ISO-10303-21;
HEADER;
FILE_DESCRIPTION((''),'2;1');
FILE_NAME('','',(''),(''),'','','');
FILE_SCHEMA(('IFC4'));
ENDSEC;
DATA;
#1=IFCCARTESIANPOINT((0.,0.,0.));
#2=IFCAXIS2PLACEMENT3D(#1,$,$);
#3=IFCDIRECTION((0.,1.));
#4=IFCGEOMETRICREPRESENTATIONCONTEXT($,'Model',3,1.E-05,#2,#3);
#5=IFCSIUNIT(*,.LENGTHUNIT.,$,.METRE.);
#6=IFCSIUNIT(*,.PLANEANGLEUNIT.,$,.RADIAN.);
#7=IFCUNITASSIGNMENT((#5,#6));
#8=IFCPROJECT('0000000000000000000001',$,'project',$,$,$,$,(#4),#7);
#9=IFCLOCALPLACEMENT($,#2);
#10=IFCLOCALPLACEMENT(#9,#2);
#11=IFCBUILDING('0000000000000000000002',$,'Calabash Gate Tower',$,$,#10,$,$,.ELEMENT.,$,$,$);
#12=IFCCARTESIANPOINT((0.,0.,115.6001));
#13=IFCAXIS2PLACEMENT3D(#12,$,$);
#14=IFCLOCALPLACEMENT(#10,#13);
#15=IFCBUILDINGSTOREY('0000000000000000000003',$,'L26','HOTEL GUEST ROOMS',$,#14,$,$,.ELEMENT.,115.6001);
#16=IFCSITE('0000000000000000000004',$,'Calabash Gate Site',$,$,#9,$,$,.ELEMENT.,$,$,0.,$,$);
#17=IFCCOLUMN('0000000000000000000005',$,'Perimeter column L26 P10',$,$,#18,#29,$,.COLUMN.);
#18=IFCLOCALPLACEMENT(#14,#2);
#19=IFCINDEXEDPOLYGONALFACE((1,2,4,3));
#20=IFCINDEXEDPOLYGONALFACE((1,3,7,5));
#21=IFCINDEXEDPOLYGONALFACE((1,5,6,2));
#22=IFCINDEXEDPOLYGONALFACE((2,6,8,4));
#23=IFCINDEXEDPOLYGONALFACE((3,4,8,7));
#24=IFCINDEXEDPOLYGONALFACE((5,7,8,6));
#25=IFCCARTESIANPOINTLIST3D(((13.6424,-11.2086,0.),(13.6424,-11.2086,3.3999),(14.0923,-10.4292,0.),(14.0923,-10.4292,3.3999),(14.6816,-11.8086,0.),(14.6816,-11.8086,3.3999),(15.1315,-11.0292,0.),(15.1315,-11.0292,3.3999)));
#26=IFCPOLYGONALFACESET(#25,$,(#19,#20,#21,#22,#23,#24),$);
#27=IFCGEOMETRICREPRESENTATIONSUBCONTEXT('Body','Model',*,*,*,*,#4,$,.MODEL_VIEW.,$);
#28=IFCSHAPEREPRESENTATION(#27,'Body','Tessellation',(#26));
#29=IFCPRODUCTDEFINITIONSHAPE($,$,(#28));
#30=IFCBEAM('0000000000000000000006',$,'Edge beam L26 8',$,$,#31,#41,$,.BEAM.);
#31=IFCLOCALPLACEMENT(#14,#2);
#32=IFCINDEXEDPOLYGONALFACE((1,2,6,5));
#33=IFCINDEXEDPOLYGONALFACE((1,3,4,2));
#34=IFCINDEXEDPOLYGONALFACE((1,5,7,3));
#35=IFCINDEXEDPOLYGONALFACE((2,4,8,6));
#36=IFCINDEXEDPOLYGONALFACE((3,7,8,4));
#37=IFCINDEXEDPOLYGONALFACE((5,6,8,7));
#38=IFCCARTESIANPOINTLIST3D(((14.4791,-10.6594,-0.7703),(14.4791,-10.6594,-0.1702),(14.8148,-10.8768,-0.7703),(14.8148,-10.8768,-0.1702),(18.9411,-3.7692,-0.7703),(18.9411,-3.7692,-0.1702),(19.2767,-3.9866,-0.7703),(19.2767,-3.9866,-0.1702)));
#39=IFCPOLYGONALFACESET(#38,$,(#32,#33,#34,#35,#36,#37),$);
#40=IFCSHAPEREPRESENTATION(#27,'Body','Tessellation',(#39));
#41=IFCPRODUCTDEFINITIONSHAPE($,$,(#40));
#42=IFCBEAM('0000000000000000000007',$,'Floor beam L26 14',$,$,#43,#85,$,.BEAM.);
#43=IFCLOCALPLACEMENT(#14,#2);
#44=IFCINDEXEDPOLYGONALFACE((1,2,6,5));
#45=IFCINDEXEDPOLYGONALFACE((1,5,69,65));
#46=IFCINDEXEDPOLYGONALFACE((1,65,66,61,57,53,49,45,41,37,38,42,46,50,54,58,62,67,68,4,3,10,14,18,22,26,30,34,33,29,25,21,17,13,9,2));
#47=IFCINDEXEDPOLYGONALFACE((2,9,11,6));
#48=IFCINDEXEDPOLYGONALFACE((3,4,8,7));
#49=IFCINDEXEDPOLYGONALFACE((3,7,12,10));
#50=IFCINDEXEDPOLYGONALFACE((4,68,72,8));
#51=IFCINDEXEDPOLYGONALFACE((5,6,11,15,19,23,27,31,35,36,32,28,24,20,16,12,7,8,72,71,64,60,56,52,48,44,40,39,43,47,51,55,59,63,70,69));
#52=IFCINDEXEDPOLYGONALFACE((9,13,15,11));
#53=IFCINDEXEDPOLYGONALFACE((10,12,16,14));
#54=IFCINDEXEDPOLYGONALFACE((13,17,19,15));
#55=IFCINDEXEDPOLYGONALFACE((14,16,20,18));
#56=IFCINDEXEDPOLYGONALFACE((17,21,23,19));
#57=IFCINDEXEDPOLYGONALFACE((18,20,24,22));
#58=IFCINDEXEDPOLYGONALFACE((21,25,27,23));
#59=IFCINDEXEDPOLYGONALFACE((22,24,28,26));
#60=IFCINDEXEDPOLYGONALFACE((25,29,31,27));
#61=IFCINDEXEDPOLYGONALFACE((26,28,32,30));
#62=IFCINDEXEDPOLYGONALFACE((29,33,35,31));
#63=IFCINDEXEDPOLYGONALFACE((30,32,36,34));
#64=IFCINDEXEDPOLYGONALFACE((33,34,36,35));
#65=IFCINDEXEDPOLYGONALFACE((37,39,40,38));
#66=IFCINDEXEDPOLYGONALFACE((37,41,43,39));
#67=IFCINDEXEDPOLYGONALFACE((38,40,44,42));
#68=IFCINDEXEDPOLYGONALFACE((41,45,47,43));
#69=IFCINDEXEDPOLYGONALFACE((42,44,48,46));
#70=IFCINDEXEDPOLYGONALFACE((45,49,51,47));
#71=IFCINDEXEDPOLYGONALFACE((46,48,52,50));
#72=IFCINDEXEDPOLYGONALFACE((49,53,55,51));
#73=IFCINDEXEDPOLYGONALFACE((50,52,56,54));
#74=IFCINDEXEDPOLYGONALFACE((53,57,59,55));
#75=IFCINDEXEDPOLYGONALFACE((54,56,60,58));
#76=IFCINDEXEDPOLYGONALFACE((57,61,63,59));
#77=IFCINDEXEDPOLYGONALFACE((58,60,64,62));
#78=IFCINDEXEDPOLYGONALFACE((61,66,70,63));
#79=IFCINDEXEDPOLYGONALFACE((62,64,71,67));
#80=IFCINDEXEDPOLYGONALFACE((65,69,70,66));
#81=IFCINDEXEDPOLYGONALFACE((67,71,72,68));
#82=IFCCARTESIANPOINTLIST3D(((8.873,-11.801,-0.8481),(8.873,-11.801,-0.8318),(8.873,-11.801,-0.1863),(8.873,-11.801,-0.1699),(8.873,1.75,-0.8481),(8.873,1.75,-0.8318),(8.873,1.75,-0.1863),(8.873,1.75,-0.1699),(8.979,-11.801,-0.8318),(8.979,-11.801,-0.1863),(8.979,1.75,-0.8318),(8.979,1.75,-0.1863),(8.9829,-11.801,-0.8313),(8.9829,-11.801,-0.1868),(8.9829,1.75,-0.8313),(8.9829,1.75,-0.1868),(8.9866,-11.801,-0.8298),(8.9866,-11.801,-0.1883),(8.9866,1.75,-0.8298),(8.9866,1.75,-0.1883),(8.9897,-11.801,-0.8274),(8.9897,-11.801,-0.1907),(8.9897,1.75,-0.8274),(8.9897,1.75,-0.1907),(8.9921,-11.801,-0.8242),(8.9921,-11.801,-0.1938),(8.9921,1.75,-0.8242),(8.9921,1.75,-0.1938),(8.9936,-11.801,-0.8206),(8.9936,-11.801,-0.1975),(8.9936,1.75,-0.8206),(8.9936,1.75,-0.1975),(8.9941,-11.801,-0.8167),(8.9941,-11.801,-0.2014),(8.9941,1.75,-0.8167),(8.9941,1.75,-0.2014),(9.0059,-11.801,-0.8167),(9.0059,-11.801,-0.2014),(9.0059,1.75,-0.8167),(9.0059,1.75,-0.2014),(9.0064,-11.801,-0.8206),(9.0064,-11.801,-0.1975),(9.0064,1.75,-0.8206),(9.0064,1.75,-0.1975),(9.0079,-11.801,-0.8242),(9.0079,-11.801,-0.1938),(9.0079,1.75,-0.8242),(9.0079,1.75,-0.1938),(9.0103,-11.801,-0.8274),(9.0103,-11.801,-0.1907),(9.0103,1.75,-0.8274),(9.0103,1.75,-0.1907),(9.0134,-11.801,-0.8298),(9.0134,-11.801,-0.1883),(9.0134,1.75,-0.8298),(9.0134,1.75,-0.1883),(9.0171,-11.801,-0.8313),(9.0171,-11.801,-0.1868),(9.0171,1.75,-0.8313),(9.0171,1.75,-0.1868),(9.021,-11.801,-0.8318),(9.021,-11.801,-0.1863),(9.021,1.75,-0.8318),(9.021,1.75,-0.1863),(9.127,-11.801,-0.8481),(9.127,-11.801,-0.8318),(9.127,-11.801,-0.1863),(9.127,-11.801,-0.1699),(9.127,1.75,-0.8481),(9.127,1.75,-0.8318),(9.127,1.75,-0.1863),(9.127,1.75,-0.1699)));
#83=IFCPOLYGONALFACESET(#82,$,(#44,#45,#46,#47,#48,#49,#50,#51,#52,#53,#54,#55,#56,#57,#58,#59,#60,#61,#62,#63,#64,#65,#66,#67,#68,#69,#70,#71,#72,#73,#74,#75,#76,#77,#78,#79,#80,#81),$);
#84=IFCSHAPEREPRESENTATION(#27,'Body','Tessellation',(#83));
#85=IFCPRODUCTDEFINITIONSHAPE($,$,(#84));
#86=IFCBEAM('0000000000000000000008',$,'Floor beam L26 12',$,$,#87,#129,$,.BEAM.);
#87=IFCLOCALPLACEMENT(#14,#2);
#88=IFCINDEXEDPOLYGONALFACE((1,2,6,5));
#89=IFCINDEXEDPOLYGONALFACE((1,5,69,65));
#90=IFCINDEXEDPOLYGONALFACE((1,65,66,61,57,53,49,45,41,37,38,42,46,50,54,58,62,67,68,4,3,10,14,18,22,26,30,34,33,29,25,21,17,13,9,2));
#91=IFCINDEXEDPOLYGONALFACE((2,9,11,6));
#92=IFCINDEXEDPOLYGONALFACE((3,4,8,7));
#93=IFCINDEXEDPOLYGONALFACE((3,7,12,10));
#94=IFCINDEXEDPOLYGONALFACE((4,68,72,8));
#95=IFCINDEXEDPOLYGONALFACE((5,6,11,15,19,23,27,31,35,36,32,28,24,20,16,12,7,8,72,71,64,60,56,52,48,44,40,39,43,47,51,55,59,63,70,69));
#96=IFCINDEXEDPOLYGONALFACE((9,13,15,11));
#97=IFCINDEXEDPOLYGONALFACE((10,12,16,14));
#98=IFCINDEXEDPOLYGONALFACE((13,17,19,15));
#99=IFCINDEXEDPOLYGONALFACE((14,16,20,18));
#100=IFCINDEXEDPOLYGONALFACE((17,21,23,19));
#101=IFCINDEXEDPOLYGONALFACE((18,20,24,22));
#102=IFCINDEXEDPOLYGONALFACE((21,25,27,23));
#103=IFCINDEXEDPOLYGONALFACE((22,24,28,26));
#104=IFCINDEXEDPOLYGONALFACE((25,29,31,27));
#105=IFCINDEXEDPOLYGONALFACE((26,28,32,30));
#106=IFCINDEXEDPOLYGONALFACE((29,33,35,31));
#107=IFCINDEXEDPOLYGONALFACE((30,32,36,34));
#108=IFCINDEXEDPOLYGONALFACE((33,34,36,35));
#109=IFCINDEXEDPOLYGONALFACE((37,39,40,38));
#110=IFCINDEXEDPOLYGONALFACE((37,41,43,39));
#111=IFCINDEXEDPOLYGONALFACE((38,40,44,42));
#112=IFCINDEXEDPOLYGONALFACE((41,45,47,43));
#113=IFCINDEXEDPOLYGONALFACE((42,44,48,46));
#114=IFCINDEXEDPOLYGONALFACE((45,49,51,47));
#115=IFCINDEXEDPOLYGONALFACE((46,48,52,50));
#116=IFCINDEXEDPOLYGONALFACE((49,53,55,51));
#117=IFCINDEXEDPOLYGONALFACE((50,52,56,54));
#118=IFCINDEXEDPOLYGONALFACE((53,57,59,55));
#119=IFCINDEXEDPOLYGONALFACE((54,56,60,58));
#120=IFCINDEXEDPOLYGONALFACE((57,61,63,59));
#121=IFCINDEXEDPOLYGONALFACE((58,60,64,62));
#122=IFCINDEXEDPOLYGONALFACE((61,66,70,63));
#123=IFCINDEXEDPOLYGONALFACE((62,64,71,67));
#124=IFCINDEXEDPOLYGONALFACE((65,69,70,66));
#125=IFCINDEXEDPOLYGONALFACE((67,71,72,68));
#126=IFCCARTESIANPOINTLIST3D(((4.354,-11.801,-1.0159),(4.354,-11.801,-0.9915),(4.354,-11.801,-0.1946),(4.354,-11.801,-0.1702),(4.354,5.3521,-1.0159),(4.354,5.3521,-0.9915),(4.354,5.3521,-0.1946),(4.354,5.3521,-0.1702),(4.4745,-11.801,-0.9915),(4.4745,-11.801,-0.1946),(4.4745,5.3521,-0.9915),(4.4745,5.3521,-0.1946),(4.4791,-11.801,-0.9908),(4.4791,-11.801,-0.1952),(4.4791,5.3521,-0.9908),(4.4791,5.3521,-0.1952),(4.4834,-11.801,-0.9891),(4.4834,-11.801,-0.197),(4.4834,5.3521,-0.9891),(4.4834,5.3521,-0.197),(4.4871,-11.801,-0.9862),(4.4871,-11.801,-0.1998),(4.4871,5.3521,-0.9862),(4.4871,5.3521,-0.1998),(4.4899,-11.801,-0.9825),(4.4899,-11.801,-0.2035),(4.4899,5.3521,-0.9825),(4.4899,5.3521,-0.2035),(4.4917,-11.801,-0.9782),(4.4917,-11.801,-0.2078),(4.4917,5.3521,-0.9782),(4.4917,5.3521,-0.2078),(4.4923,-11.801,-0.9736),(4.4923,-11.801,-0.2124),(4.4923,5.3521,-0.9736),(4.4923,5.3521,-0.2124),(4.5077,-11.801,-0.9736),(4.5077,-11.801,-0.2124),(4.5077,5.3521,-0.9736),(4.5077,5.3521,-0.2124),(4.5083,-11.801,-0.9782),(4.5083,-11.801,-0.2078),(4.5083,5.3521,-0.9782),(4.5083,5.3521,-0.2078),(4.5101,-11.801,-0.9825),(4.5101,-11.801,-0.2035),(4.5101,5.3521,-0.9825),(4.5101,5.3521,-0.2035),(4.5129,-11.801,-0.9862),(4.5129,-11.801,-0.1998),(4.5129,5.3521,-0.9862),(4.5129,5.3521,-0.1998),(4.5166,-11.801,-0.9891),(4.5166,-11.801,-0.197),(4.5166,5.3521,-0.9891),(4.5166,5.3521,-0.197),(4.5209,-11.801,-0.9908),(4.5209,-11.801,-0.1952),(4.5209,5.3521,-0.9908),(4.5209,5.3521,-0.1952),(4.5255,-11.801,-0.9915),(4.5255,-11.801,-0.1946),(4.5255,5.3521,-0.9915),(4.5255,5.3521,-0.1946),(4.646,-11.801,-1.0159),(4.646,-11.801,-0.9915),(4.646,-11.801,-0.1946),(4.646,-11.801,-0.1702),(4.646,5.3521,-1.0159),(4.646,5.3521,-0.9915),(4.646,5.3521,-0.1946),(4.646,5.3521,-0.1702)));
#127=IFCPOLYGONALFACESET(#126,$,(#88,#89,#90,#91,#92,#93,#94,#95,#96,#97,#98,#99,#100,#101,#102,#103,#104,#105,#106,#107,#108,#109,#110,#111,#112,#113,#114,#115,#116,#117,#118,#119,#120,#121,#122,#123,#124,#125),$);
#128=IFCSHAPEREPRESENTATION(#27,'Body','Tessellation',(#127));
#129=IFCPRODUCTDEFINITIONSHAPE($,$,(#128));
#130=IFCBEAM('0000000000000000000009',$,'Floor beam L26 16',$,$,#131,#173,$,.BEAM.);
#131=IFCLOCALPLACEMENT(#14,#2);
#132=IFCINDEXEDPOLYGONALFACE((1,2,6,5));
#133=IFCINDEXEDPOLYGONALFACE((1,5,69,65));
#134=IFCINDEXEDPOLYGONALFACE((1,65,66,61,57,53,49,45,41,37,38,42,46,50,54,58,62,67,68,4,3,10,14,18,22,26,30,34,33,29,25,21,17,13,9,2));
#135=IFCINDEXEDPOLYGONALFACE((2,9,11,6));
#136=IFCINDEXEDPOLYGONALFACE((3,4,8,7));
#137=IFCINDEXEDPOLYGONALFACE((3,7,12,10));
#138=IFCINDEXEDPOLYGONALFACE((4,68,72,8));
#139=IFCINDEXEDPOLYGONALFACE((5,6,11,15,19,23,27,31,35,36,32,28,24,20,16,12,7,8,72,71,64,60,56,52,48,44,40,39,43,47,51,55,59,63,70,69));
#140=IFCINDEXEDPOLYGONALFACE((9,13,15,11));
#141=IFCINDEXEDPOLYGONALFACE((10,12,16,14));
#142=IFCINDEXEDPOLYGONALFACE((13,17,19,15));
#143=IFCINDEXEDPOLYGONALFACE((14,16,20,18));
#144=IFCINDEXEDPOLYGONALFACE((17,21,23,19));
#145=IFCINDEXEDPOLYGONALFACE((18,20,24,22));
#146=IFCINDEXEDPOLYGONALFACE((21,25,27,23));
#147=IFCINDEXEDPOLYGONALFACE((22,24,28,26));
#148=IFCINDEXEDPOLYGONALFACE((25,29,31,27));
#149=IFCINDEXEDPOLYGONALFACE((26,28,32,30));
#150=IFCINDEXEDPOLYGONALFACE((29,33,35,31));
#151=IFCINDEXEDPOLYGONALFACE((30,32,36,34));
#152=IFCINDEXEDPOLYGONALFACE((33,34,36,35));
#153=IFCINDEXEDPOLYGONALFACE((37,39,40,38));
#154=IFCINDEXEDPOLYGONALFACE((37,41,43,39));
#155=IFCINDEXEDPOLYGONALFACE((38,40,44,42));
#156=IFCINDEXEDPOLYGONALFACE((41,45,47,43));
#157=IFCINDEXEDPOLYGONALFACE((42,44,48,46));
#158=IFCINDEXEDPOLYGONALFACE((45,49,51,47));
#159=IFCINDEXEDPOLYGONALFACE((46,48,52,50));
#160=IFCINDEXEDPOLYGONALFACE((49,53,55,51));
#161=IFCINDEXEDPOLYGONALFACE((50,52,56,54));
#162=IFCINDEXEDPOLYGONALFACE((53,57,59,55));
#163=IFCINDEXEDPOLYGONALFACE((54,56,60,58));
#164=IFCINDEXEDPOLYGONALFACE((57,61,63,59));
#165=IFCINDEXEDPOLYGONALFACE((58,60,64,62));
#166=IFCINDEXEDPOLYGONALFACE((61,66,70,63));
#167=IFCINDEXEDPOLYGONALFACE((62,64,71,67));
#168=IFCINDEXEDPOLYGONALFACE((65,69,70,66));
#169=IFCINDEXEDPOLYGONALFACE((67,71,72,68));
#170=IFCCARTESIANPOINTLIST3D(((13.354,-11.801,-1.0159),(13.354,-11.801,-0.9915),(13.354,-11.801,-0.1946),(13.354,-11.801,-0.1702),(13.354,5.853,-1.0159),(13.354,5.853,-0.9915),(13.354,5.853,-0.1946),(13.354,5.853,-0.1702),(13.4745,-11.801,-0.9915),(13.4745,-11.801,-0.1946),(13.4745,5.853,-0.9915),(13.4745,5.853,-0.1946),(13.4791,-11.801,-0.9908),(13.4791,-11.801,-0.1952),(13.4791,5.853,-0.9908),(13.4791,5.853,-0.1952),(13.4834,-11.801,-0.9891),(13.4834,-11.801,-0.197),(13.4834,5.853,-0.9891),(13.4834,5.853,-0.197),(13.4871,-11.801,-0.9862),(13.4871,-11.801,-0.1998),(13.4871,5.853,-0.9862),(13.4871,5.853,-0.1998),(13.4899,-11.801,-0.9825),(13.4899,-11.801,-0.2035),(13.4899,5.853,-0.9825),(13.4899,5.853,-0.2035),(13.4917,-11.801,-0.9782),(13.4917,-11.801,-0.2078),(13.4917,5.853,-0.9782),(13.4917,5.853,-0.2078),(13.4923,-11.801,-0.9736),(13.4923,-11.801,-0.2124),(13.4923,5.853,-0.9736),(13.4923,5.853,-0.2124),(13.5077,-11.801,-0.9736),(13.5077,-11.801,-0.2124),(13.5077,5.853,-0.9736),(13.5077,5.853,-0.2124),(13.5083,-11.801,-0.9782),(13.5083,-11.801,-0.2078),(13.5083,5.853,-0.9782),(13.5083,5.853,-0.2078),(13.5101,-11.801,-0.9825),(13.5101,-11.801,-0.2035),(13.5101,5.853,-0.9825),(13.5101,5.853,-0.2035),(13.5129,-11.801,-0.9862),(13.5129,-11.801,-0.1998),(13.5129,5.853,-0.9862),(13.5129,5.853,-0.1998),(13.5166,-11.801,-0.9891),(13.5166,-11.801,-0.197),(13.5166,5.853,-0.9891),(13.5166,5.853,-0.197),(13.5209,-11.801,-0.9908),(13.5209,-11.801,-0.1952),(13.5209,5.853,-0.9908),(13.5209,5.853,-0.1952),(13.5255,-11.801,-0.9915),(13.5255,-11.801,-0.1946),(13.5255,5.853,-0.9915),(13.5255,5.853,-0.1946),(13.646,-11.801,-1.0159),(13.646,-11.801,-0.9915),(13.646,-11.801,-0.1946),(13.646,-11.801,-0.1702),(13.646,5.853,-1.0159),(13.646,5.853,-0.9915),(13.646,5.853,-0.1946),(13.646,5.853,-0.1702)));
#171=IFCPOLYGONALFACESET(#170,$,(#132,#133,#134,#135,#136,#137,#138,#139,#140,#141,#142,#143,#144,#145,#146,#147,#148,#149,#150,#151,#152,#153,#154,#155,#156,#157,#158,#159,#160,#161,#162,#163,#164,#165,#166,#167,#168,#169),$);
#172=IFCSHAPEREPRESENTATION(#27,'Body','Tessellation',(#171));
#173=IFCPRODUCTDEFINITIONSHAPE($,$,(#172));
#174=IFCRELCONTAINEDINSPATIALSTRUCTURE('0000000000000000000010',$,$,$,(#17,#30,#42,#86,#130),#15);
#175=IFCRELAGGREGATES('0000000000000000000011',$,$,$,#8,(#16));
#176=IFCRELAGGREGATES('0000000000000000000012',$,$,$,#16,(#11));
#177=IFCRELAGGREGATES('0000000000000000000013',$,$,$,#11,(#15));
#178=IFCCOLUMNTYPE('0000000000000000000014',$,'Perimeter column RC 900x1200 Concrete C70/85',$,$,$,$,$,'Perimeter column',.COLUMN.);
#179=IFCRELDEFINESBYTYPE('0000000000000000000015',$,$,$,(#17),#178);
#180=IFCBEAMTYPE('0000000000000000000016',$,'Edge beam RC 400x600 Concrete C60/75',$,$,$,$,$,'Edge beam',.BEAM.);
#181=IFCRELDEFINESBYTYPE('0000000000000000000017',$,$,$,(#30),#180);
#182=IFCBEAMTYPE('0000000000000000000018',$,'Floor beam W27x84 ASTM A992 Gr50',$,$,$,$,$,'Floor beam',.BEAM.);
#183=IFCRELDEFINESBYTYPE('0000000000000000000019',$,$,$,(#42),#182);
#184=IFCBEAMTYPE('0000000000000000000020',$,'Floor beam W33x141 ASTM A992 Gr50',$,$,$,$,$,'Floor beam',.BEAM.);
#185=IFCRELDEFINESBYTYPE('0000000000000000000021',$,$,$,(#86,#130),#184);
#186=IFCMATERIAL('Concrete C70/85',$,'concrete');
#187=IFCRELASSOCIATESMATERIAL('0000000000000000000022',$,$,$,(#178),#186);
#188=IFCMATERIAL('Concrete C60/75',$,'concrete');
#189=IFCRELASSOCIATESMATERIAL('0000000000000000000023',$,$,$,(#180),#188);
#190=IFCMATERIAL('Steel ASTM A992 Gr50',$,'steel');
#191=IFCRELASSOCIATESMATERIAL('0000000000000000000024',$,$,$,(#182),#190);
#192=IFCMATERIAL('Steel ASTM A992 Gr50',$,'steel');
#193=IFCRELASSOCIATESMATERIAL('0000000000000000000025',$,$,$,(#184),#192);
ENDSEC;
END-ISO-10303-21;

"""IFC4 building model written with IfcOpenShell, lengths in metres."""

from ifc_helpers import new_model, si_unit, direction, frame, origin, origin_2d, place, context, subcontext, project, spatial, rectangle, i_section, extrude, material, material_profile, profile_set, type_object, element, save


model = new_model("IFC4")

# Units and contexts
model_context = context("Model", 3, precision=1e-05, world=origin(), true_north=direction((0.0, 1.0)))
body_context = subcontext(model_context, "Body", "Model", "MODEL_VIEW")
ifc_project = project(units=[si_unit("LENGTHUNIT", "METRE"), si_unit("PLANEANGLEUNIT", "RADIAN")], contexts=[model_context])

# Site, building, storey
site_placement = place(None, origin())
site = spatial("IfcSite", under=ifc_project, at=site_placement, Name="Calabash Gate Site", CompositionType="ELEMENT", RefElevation=0.0)
building_placement = place(site_placement, origin())
building = spatial("IfcBuilding", under=site, at=building_placement, Name="Calabash Gate Tower", CompositionType="ELEMENT")
storey_placement = place(building_placement, frame((0.0, 0.0, 115.6001)))
storey = spatial("IfcBuildingStorey", under=building, at=storey_placement, Name="L26", Description="HOTEL GUEST ROOMS", CompositionType="ELEMENT", Elevation=115.6001)

# Column
ifc_material_1 = material(Name="Concrete C70/85", Category="concrete")
ifc_material_profile_1 = material_profile(ifc_material_1, rectangle(XDim=0.8999, YDim=1.2, at=origin_2d()))
ifc_profile_set_1 = profile_set([ifc_material_profile_1], Name="Concrete C70/85")
column_type = type_object("IfcColumnType", Name="Perimeter column RC 900x1200 Concrete C70/85", ElementType="Perimeter column", PredefinedType="COLUMN", material=ifc_profile_set_1)
column_placement = place(storey_placement, frame((14.387, -11.1189, 0.0), z_axis=(0.0, 0.0, 1.0), x_axis=(0.5, 0.866025, 0.0)))
element("IfcColumn", 1, at=column_placement, inside=storey, type_object=column_type, Name="Perimeter column L26 P10", PredefinedType="COLUMN", context=body_context, shape_type="SweptSolid", body=[
    extrude(rectangle(XDim=0.8999, YDim=1.2, at=origin_2d()), origin(), (0.0, 0.0, 1.0), 3.3999),
])

# Beams
ifc_material_2 = material(Name="Concrete C60/75", Category="concrete")
ifc_material_profile_2 = material_profile(ifc_material_2, rectangle(XDim=0.3999, YDim=0.6001, at=origin_2d()))
ifc_profile_set_2 = profile_set([ifc_material_profile_2], Name="Concrete C60/75")
beam_type_1 = type_object("IfcBeamType", Name="Edge beam RC 400x600 Concrete C60/75", ElementType="Edge beam", PredefinedType="BEAM", material=ifc_profile_set_2)
beam_1_placement = place(storey_placement, frame((14.647, -10.7681, -0.4702), z_axis=(0.54356, 0.839371, 0.0), x_axis=(-0.839371, 0.54356, 0.0)))
element("IfcBeam", 2, at=beam_1_placement, inside=storey, type_object=beam_type_1, Name="Edge beam L26 8", PredefinedType="BEAM", context=body_context, shape_type="SweptSolid", body=[
    extrude(rectangle(XDim=0.3999, YDim=0.6001, at=origin_2d()), origin(), (0.0, 0.0, 1.0), 8.2087),
])
ifc_material_3 = material(Name="Steel ASTM A992 Gr50", Category="steel")
ifc_material_profile_3 = material_profile(ifc_material_3, i_section(OverallWidth=0.2539, OverallDepth=0.6782, WebThickness=0.0117, FlangeThickness=0.0164, FilletRadius=0.0151, at=origin_2d()))
ifc_profile_set_3 = profile_set([ifc_material_profile_3], Name="Steel ASTM A992 Gr50")
beam_type_2 = type_object("IfcBeamType", Name="Floor beam W27x84 ASTM A992 Gr50", ElementType="Floor beam", PredefinedType="BEAM", material=ifc_profile_set_3)
beam_2_placement = place(storey_placement, frame((9.0, -11.801, -0.509), z_axis=(0.0, 1.0, 0.0), x_axis=(-1.0, 0.0, 0.0)))
element("IfcBeam", 3, at=beam_2_placement, inside=storey, type_object=beam_type_2, Name="Floor beam L26 14", PredefinedType="BEAM", context=body_context, shape_type="SweptSolid", body=[
    extrude(i_section(OverallWidth=0.2539, OverallDepth=0.6782, WebThickness=0.0117, FlangeThickness=0.0164, FilletRadius=0.0151, at=origin_2d()), origin(), (0.0, 0.0, 1.0), 13.551),
])
ifc_material_4 = material(Name="Steel ASTM A992 Gr50", Category="steel")
ifc_material_profile_4 = material_profile(ifc_material_4, i_section(OverallWidth=0.292, OverallDepth=0.8457, WebThickness=0.0154, FlangeThickness=0.0244, FilletRadius=0.0178, at=origin_2d()))
ifc_profile_set_4 = profile_set([ifc_material_profile_4], Name="Steel ASTM A992 Gr50")
beam_type_3 = type_object("IfcBeamType", Name="Floor beam W33x141 ASTM A992 Gr50", ElementType="Floor beam", PredefinedType="BEAM", material=ifc_profile_set_4)
beam_3_placement = place(storey_placement, frame((4.5, -11.801, -0.593), z_axis=(0.0, 1.0, 0.0), x_axis=(-1.0, 0.0, 0.0)))
element("IfcBeam", 4, at=beam_3_placement, inside=storey, type_object=beam_type_3, Name="Floor beam L26 12", PredefinedType="BEAM", context=body_context, shape_type="SweptSolid", body=[
    extrude(i_section(OverallWidth=0.292, OverallDepth=0.8457, WebThickness=0.0154, FlangeThickness=0.0244, FilletRadius=0.0178, at=origin_2d()), origin(), (0.0, 0.0, 1.0), 17.1531),
])
beam_4_placement = place(storey_placement, frame((13.5, -11.801, -0.593), z_axis=(0.0, 1.0, 0.0), x_axis=(-1.0, 0.0, 0.0)))
element("IfcBeam", 5, at=beam_4_placement, inside=storey, type_object=beam_type_3, Name="Floor beam L26 16", PredefinedType="BEAM", context=body_context, shape_type="SweptSolid", body=[
    extrude(i_section(OverallWidth=0.292, OverallDepth=0.8457, WebThickness=0.0154, FlangeThickness=0.0244, FilletRadius=0.0178, at=origin_2d()), origin(), (0.0, 0.0, 1.0), 17.6541),
])

save(model, "model.ifc")
